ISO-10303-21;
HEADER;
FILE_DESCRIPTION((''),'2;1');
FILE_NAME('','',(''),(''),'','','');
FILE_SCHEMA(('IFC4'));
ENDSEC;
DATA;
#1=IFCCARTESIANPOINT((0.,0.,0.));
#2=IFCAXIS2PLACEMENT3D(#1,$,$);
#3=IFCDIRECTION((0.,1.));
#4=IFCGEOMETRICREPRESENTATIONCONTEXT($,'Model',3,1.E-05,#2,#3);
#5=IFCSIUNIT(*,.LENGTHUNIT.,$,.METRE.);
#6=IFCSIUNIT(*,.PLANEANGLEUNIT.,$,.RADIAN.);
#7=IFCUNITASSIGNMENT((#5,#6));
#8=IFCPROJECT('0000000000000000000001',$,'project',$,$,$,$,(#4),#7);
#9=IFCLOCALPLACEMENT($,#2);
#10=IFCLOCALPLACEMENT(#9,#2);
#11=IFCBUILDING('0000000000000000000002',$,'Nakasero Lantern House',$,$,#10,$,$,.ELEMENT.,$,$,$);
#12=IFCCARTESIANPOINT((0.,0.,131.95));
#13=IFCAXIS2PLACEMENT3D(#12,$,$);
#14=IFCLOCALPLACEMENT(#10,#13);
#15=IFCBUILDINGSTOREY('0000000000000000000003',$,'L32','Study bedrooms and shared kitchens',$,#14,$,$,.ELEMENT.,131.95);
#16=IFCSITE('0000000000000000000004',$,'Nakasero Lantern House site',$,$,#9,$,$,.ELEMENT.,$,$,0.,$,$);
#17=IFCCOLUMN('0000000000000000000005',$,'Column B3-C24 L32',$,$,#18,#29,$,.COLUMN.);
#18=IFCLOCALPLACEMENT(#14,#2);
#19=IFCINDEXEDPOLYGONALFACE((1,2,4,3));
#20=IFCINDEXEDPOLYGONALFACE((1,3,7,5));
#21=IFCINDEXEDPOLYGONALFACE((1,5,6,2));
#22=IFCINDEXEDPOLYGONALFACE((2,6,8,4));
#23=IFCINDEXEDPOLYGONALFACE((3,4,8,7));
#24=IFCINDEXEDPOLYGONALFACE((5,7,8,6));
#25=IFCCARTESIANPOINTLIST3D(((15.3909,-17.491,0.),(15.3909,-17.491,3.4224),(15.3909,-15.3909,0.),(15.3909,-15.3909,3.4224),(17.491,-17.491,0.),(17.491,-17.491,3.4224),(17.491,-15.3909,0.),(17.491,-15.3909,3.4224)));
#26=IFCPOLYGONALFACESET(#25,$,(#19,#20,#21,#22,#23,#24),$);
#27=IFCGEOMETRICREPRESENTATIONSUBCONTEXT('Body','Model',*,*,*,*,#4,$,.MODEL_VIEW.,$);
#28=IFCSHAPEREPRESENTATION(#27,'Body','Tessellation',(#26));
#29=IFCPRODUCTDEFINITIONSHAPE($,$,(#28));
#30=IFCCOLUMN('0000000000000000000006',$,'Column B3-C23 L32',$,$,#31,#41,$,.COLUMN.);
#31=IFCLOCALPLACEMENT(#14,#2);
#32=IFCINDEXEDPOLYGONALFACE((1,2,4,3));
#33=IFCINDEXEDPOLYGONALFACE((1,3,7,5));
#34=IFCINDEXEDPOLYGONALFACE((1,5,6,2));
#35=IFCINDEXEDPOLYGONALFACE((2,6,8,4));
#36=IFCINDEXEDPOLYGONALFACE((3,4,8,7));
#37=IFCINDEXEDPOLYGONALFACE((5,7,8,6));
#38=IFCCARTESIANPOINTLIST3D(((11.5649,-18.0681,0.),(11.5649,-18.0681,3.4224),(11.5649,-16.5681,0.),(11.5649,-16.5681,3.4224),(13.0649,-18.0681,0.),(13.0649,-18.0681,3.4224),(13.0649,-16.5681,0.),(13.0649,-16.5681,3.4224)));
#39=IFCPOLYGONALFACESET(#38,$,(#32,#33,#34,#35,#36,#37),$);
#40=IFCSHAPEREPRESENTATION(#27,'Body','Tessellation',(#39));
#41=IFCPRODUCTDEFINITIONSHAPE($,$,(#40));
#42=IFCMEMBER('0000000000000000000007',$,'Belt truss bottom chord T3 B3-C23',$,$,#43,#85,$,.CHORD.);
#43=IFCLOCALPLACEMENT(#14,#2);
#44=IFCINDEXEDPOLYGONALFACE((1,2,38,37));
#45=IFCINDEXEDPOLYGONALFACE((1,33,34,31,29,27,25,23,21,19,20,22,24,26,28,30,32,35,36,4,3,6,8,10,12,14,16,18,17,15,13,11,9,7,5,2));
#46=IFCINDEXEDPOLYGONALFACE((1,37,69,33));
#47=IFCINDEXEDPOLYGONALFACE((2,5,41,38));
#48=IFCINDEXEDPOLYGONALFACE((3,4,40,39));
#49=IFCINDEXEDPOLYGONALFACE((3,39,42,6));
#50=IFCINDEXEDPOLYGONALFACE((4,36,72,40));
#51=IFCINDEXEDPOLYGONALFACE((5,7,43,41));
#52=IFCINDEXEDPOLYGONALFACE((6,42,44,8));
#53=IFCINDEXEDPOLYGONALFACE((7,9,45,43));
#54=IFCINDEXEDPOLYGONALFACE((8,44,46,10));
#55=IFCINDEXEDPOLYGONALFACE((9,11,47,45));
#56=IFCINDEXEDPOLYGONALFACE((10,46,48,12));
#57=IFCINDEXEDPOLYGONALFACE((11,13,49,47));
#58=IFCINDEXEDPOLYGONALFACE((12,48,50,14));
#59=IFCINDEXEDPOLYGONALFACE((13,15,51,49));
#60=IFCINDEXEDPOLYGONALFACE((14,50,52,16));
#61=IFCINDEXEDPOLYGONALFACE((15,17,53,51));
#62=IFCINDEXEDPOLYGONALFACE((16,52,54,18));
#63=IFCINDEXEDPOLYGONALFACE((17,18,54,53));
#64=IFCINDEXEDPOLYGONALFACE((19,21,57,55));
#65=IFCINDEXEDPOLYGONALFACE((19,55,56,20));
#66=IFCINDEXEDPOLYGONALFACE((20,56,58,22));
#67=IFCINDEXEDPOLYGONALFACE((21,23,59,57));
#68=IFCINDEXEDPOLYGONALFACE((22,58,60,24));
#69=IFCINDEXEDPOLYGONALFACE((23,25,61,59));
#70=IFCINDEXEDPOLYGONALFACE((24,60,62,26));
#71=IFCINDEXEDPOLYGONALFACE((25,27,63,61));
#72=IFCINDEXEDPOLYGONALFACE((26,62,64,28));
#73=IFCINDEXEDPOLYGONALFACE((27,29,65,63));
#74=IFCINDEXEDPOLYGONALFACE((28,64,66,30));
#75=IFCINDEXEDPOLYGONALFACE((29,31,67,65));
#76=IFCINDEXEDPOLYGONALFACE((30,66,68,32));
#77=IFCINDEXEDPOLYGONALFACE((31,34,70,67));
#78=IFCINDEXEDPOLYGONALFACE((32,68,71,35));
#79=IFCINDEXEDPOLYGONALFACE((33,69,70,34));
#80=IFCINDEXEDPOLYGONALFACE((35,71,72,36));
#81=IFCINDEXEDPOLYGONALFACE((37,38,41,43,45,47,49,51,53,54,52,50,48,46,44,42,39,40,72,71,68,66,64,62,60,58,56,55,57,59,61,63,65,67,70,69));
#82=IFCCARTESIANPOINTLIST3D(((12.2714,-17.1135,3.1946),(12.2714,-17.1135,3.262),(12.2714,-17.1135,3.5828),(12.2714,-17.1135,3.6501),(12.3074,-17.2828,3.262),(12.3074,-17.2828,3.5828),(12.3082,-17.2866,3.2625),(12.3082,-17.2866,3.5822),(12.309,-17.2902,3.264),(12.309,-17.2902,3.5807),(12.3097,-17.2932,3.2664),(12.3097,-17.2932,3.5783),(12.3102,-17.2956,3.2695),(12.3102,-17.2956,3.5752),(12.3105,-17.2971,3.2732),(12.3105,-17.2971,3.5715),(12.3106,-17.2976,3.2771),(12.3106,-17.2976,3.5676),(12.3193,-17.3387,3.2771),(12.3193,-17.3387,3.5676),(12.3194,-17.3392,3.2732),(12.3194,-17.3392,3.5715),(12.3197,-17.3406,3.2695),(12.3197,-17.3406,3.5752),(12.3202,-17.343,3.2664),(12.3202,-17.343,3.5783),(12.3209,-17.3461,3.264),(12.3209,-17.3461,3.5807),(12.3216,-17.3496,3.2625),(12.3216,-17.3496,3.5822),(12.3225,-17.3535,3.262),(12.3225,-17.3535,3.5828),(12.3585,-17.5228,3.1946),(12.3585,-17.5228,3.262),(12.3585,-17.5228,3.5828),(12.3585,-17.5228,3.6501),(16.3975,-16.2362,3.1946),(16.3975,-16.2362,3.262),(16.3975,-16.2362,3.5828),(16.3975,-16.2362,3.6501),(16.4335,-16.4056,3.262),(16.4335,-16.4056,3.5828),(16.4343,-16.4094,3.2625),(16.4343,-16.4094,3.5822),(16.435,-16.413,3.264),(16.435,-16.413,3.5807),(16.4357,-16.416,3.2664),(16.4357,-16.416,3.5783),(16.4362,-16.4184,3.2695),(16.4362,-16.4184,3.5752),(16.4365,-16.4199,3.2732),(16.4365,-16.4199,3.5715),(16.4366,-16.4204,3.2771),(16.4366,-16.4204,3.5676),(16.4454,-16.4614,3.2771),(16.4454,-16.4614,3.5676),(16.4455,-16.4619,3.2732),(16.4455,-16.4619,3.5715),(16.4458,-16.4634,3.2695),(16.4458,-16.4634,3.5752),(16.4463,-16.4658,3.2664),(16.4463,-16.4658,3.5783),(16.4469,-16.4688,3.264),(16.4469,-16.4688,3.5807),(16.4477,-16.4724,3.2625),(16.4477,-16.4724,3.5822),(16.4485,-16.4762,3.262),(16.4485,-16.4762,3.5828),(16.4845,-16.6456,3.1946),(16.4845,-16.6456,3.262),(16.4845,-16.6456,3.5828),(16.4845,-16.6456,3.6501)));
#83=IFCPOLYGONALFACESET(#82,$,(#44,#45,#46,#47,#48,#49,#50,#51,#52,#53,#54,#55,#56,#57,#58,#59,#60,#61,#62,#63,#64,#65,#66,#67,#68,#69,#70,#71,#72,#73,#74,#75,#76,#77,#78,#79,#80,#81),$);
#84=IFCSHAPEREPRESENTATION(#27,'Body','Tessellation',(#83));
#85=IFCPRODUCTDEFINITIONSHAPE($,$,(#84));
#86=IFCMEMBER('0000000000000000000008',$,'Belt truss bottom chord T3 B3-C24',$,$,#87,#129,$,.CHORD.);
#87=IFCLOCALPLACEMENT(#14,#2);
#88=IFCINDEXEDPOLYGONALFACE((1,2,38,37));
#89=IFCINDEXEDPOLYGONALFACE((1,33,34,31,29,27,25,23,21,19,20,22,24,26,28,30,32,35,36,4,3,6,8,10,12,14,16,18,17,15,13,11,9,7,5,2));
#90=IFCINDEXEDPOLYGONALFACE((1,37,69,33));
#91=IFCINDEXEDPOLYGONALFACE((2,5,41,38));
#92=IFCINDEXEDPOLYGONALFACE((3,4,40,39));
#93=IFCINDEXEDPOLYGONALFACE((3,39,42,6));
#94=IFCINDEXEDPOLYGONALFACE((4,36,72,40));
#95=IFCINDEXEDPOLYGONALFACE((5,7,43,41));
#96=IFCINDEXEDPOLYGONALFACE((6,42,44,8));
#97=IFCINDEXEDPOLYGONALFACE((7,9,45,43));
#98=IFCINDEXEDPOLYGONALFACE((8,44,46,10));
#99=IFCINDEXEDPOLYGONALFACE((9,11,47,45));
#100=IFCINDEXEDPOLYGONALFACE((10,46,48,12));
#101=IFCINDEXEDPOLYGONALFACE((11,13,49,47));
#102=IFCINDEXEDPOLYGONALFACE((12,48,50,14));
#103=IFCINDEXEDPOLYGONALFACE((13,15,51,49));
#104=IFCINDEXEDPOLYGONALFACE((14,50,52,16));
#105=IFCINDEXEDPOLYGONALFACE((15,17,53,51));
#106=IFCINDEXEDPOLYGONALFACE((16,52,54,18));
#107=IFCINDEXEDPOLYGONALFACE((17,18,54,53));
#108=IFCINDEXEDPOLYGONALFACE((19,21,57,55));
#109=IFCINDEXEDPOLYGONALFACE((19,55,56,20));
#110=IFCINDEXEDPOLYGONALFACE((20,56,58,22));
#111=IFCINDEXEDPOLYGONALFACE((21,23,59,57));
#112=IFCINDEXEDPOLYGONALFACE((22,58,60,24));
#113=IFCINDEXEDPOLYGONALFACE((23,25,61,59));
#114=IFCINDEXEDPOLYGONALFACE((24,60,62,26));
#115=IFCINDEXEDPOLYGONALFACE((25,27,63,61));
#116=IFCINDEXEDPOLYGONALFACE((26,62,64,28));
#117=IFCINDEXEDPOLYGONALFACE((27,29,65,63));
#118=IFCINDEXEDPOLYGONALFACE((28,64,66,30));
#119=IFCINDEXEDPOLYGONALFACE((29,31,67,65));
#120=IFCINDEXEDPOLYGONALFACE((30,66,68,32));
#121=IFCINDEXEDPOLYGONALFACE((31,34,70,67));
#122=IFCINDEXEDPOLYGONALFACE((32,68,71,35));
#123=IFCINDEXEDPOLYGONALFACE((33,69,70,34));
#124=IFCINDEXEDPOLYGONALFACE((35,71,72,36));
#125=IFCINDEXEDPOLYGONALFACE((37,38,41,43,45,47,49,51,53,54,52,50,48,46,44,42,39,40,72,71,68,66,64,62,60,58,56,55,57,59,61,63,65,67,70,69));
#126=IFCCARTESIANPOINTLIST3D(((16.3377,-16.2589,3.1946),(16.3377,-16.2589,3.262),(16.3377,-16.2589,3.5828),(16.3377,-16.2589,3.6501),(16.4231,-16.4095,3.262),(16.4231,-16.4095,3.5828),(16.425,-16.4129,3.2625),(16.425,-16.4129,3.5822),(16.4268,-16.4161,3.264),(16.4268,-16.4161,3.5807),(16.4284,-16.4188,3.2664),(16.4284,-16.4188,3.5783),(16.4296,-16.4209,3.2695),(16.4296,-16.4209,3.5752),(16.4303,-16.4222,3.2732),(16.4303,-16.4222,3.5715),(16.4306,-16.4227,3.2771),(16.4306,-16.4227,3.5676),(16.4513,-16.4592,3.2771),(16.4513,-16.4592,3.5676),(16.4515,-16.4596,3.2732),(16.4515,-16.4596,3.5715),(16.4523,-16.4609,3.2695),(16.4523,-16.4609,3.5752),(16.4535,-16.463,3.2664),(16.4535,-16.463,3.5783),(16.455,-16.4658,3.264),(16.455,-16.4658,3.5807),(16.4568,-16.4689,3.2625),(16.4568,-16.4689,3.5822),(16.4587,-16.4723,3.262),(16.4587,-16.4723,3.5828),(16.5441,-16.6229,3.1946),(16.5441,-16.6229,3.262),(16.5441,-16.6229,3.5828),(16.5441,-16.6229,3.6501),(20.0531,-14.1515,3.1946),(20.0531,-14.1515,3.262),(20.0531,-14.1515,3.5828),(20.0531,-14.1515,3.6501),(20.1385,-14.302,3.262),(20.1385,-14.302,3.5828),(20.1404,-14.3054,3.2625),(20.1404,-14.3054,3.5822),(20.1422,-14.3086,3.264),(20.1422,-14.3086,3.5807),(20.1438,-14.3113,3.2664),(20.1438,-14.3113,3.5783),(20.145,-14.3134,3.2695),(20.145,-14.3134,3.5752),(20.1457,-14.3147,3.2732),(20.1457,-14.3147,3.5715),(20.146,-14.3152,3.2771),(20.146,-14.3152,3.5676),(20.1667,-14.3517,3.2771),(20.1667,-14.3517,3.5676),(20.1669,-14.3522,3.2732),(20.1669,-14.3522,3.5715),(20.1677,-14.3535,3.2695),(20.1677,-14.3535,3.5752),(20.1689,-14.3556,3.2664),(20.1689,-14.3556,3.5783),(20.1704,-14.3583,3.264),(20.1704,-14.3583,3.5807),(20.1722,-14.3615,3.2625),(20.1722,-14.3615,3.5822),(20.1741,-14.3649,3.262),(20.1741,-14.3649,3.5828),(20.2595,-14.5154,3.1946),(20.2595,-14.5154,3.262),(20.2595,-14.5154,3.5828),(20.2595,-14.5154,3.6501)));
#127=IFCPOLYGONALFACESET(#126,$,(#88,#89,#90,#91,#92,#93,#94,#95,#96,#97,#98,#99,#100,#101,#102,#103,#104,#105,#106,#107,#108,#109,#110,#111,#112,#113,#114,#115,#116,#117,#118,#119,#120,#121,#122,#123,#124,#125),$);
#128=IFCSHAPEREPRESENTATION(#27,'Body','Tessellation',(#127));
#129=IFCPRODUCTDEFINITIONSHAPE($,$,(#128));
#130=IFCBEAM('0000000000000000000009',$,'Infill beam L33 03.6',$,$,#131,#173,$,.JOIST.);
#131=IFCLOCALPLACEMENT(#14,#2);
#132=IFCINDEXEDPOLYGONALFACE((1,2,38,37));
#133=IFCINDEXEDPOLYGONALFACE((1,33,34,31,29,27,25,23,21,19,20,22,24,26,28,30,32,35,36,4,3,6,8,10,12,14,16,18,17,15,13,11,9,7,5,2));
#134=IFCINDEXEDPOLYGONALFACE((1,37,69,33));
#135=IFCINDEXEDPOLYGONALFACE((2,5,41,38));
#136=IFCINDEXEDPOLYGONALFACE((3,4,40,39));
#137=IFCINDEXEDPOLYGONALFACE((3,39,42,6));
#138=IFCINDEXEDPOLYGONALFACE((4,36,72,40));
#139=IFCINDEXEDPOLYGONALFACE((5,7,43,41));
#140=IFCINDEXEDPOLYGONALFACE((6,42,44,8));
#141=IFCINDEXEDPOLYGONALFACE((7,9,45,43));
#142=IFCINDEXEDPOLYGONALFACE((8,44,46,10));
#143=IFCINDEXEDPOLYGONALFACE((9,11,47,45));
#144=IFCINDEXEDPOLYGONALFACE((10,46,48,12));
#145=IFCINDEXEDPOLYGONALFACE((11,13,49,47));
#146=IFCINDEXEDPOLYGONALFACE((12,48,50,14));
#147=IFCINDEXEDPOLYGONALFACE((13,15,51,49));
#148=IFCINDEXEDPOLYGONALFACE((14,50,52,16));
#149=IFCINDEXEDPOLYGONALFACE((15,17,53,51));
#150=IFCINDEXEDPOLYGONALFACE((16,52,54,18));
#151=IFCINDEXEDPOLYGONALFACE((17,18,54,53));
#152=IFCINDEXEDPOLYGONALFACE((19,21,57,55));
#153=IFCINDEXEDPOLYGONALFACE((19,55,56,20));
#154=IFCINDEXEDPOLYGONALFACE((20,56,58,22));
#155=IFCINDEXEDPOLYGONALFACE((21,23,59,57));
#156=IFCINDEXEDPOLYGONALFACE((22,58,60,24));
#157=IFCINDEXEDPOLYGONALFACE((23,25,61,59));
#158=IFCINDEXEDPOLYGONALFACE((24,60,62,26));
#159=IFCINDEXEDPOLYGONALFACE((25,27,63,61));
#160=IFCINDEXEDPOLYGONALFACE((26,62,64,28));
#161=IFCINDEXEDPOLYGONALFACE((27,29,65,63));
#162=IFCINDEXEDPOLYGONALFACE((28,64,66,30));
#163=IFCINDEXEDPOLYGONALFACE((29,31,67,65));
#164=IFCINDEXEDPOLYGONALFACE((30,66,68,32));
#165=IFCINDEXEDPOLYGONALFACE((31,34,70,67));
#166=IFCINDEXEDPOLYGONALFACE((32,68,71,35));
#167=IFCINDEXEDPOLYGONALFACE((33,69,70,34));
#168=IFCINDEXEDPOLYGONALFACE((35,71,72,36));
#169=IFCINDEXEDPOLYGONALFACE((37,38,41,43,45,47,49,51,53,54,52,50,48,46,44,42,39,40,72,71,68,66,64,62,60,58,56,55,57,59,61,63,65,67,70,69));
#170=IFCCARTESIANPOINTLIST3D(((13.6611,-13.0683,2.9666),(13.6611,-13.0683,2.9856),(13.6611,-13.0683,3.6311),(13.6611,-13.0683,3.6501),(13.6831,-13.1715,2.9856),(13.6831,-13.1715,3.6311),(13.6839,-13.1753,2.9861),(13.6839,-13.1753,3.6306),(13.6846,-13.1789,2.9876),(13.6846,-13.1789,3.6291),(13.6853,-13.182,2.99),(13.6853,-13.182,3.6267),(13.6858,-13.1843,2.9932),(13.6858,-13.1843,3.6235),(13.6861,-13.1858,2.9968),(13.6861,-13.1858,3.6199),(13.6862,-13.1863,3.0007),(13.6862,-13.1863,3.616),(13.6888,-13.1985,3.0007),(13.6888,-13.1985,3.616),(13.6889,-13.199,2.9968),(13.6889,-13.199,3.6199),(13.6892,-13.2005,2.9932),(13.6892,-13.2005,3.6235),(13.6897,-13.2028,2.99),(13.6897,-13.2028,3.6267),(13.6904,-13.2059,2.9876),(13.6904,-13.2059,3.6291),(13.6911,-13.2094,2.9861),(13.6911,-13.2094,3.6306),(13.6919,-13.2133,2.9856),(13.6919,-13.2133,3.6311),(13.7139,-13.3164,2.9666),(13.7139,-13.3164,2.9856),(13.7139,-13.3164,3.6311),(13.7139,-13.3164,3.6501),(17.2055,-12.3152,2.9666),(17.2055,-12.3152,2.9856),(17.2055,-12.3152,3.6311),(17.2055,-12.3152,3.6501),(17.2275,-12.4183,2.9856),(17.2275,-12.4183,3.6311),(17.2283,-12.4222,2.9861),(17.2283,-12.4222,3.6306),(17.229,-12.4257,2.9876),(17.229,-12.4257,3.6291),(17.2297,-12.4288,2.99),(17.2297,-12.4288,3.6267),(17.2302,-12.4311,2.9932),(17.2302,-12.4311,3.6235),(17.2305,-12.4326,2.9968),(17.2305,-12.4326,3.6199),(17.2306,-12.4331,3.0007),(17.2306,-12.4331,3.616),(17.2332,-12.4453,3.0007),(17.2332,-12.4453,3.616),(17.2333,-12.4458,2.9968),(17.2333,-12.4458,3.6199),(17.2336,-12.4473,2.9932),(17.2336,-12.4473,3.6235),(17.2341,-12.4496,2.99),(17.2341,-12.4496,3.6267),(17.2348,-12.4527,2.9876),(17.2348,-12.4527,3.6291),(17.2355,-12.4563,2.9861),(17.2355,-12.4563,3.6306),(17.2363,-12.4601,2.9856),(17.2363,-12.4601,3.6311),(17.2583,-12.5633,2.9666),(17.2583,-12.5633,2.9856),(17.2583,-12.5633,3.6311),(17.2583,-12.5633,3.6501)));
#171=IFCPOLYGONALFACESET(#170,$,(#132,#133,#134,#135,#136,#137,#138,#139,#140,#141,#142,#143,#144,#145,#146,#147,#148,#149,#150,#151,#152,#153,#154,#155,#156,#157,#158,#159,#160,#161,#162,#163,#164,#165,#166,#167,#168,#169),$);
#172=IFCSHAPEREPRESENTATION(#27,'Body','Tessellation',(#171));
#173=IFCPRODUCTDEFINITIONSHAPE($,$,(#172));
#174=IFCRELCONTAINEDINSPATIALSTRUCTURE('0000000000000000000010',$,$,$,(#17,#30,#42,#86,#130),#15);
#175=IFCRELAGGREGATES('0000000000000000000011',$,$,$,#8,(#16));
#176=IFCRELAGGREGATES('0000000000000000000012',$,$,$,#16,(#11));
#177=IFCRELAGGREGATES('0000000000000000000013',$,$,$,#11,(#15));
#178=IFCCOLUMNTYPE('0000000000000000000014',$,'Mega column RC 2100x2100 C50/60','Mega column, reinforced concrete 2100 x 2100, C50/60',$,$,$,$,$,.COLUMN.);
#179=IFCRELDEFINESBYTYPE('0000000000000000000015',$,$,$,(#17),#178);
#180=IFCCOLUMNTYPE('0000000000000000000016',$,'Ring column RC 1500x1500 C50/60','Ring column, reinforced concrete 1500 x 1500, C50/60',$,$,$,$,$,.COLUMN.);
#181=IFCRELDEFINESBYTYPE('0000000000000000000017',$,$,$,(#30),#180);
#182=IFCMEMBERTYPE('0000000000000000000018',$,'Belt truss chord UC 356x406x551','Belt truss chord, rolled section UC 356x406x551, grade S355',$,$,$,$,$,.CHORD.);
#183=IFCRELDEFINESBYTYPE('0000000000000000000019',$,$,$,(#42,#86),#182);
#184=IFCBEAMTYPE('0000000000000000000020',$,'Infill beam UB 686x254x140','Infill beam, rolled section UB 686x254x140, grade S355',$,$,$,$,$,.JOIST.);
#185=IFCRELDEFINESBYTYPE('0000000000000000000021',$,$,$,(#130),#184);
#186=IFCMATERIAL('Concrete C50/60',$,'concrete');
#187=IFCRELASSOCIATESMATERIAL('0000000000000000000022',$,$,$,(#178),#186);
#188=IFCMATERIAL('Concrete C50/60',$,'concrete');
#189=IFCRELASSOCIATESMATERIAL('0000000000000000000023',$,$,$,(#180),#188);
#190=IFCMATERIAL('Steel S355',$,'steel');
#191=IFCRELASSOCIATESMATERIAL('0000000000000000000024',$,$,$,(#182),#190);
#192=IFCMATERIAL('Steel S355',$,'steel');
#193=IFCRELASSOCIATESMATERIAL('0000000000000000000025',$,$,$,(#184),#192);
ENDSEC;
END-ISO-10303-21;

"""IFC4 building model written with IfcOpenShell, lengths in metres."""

from ifc_helpers import new_model, si_unit, direction, frame, origin, origin_2d, place, context, subcontext, project, spatial, rectangle, i_section, extrude, material, material_profile, profile_set, type_object, element, save


model = new_model("IFC4")

# Units and contexts
model_context = context("Model", 3, precision=1e-05, world=origin(), true_north=direction((0.0, 1.0)))
body_context = subcontext(model_context, "Body", "Model", "MODEL_VIEW")
ifc_project = project(units=[si_unit("LENGTHUNIT", "METRE"), si_unit("PLANEANGLEUNIT", "RADIAN")], contexts=[model_context])

# Site, building, storey
site_placement = place(None, origin())
site = spatial("IfcSite", under=ifc_project, at=site_placement, Name="Nakasero Lantern House site", CompositionType="ELEMENT", RefElevation=0.0)
building_placement = place(site_placement, origin())
building = spatial("IfcBuilding", under=site, at=building_placement, Name="Nakasero Lantern House", CompositionType="ELEMENT")
storey_placement = place(building_placement, frame((0.0, 0.0, 131.95)))
storey = spatial("IfcBuildingStorey", under=building, at=storey_placement, Name="L32", Description="Study bedrooms and shared kitchens", CompositionType="ELEMENT", Elevation=131.95)

# Columns
ifc_material_1 = material(Name="Concrete C50/60", Category="concrete")
ifc_material_profile_1 = material_profile(ifc_material_1, rectangle(XDim=2.1001, YDim=2.1001, at=origin_2d()), Name="RC 2100x2100")
ifc_profile_set_1 = profile_set([ifc_material_profile_1], Name="Concrete C50/60")
column_type_1 = type_object("IfcColumnType", Name="Mega column RC 2100x2100 C50/60", Description="Mega column, reinforced concrete 2100 x 2100, C50/60", PredefinedType="COLUMN", material=ifc_profile_set_1)
column_1_placement = place(storey_placement, frame((16.4409, -16.4409, 0.0), z_axis=(0.0, 0.0, 1.0), x_axis=(1.0, 0.0, 0.0)))
element("IfcColumn", 1, at=column_1_placement, inside=storey, type_object=column_type_1, Name="Column B3-C24 L32", PredefinedType="COLUMN", context=body_context, shape_type="SweptSolid", body=[
    extrude(rectangle(XDim=2.1001, YDim=2.1001, at=origin_2d()), origin(), (0.0, 0.0, 1.0), 3.4224),
])
ifc_material_2 = material(Name="Concrete C50/60", Category="concrete")
ifc_material_profile_2 = material_profile(ifc_material_2, rectangle(XDim=1.5, YDim=1.5, at=origin_2d()), Name="RC 1500x1500")
ifc_profile_set_2 = profile_set([ifc_material_profile_2], Name="Concrete C50/60")
column_type_2 = type_object("IfcColumnType", Name="Ring column RC 1500x1500 C50/60", Description="Ring column, reinforced concrete 1500 x 1500, C50/60", PredefinedType="COLUMN", material=ifc_profile_set_2)
column_2_placement = place(storey_placement, frame((12.3149, -17.3181, 0.0), z_axis=(0.0, 0.0, 1.0), x_axis=(1.0, 0.0, 0.0)))
element("IfcColumn", 2, at=column_2_placement, inside=storey, type_object=column_type_2, Name="Column B3-C23 L32", PredefinedType="COLUMN", context=body_context, shape_type="SweptSolid", body=[
    extrude(rectangle(XDim=1.5, YDim=1.5, at=origin_2d()), origin(), (0.0, 0.0, 1.0), 3.4224),
])

# Members
ifc_material_3 = material(Name="Steel S355", Category="steel")
ifc_material_profile_3 = material_profile(ifc_material_3, i_section(OverallWidth=0.4185, OverallDepth=0.4556, WebThickness=0.042, FlangeThickness=0.0674, FilletRadius=0.0151, at=origin_2d()), Name="UC 356x406x551")
ifc_profile_set_3 = profile_set([ifc_material_profile_3], Name="Steel S355")
member_type_1 = type_object("IfcMemberType", Name="Belt truss chord UC 356x406x551", Description="Belt truss chord, rolled section UC 356x406x551, grade S355", PredefinedType="CHORD", material=ifc_profile_set_3)
member_1_placement = place(storey_placement, frame((12.3149, -17.3181, 3.4224), z_axis=(0.978138, 0.207956, 0.0), x_axis=(-0.207956, 0.978138, 0.0)))
element("IfcMember", 3, at=member_1_placement, inside=storey, type_object=member_type_1, Name="Belt truss bottom chord T3 B3-C23", PredefinedType="CHORD", context=body_context, shape_type="SweptSolid", body=[
    extrude(i_section(OverallWidth=0.4185, OverallDepth=0.4556, WebThickness=0.042, FlangeThickness=0.0674, FilletRadius=0.0151, at=origin_2d()), origin(), (0.0, 0.0, 1.0), 4.2183),
])
member_2_placement = place(storey_placement, frame((16.4409, -16.4409, 3.4224), z_axis=(0.869815, 0.493379, 0.0), x_axis=(-0.493379, 0.869815, 0.0)))
element("IfcMember", 4, at=member_2_placement, inside=storey, type_object=member_type_1, Name="Belt truss bottom chord T3 B3-C24", PredefinedType="CHORD", context=body_context, shape_type="SweptSolid", body=[
    extrude(i_section(OverallWidth=0.4185, OverallDepth=0.4556, WebThickness=0.042, FlangeThickness=0.0674, FilletRadius=0.0151, at=origin_2d()), origin(), (0.0, 0.0, 1.0), 4.2715),
])

# Beam
ifc_material_4 = material(Name="Steel S355", Category="steel")
ifc_material_profile_4 = material_profile(ifc_material_4, i_section(OverallWidth=0.2537, OverallDepth=0.6836, WebThickness=0.0125, FlangeThickness=0.019, FilletRadius=0.0151, at=origin_2d()), Name="UB 686x254x140")
ifc_profile_set_4 = profile_set([ifc_material_profile_4], Name="Steel S355")
beam_type_1 = type_object("IfcBeamType", Name="Infill beam UB 686x254x140", Description="Infill beam, rolled section UB 686x254x140, grade S355", PredefinedType="JOIST", material=ifc_profile_set_4)
beam_1_placement = place(storey_placement, frame((13.6875, -13.1924, 3.3083), z_axis=(0.97816, 0.207854, 0.0), x_axis=(-0.207854, 0.97816, 0.0)))
element("IfcBeam", 5, at=beam_1_placement, inside=storey, type_object=beam_type_1, Name="Infill beam L33 03.6", PredefinedType="JOIST", context=body_context, shape_type="SweptSolid", body=[
    extrude(i_section(OverallWidth=0.2537, OverallDepth=0.6836, WebThickness=0.0125, FlangeThickness=0.019, FilletRadius=0.0151, at=origin_2d()), origin(), (0.0, 0.0, 1.0), 3.6235),
])

save(model, "model.ifc")
